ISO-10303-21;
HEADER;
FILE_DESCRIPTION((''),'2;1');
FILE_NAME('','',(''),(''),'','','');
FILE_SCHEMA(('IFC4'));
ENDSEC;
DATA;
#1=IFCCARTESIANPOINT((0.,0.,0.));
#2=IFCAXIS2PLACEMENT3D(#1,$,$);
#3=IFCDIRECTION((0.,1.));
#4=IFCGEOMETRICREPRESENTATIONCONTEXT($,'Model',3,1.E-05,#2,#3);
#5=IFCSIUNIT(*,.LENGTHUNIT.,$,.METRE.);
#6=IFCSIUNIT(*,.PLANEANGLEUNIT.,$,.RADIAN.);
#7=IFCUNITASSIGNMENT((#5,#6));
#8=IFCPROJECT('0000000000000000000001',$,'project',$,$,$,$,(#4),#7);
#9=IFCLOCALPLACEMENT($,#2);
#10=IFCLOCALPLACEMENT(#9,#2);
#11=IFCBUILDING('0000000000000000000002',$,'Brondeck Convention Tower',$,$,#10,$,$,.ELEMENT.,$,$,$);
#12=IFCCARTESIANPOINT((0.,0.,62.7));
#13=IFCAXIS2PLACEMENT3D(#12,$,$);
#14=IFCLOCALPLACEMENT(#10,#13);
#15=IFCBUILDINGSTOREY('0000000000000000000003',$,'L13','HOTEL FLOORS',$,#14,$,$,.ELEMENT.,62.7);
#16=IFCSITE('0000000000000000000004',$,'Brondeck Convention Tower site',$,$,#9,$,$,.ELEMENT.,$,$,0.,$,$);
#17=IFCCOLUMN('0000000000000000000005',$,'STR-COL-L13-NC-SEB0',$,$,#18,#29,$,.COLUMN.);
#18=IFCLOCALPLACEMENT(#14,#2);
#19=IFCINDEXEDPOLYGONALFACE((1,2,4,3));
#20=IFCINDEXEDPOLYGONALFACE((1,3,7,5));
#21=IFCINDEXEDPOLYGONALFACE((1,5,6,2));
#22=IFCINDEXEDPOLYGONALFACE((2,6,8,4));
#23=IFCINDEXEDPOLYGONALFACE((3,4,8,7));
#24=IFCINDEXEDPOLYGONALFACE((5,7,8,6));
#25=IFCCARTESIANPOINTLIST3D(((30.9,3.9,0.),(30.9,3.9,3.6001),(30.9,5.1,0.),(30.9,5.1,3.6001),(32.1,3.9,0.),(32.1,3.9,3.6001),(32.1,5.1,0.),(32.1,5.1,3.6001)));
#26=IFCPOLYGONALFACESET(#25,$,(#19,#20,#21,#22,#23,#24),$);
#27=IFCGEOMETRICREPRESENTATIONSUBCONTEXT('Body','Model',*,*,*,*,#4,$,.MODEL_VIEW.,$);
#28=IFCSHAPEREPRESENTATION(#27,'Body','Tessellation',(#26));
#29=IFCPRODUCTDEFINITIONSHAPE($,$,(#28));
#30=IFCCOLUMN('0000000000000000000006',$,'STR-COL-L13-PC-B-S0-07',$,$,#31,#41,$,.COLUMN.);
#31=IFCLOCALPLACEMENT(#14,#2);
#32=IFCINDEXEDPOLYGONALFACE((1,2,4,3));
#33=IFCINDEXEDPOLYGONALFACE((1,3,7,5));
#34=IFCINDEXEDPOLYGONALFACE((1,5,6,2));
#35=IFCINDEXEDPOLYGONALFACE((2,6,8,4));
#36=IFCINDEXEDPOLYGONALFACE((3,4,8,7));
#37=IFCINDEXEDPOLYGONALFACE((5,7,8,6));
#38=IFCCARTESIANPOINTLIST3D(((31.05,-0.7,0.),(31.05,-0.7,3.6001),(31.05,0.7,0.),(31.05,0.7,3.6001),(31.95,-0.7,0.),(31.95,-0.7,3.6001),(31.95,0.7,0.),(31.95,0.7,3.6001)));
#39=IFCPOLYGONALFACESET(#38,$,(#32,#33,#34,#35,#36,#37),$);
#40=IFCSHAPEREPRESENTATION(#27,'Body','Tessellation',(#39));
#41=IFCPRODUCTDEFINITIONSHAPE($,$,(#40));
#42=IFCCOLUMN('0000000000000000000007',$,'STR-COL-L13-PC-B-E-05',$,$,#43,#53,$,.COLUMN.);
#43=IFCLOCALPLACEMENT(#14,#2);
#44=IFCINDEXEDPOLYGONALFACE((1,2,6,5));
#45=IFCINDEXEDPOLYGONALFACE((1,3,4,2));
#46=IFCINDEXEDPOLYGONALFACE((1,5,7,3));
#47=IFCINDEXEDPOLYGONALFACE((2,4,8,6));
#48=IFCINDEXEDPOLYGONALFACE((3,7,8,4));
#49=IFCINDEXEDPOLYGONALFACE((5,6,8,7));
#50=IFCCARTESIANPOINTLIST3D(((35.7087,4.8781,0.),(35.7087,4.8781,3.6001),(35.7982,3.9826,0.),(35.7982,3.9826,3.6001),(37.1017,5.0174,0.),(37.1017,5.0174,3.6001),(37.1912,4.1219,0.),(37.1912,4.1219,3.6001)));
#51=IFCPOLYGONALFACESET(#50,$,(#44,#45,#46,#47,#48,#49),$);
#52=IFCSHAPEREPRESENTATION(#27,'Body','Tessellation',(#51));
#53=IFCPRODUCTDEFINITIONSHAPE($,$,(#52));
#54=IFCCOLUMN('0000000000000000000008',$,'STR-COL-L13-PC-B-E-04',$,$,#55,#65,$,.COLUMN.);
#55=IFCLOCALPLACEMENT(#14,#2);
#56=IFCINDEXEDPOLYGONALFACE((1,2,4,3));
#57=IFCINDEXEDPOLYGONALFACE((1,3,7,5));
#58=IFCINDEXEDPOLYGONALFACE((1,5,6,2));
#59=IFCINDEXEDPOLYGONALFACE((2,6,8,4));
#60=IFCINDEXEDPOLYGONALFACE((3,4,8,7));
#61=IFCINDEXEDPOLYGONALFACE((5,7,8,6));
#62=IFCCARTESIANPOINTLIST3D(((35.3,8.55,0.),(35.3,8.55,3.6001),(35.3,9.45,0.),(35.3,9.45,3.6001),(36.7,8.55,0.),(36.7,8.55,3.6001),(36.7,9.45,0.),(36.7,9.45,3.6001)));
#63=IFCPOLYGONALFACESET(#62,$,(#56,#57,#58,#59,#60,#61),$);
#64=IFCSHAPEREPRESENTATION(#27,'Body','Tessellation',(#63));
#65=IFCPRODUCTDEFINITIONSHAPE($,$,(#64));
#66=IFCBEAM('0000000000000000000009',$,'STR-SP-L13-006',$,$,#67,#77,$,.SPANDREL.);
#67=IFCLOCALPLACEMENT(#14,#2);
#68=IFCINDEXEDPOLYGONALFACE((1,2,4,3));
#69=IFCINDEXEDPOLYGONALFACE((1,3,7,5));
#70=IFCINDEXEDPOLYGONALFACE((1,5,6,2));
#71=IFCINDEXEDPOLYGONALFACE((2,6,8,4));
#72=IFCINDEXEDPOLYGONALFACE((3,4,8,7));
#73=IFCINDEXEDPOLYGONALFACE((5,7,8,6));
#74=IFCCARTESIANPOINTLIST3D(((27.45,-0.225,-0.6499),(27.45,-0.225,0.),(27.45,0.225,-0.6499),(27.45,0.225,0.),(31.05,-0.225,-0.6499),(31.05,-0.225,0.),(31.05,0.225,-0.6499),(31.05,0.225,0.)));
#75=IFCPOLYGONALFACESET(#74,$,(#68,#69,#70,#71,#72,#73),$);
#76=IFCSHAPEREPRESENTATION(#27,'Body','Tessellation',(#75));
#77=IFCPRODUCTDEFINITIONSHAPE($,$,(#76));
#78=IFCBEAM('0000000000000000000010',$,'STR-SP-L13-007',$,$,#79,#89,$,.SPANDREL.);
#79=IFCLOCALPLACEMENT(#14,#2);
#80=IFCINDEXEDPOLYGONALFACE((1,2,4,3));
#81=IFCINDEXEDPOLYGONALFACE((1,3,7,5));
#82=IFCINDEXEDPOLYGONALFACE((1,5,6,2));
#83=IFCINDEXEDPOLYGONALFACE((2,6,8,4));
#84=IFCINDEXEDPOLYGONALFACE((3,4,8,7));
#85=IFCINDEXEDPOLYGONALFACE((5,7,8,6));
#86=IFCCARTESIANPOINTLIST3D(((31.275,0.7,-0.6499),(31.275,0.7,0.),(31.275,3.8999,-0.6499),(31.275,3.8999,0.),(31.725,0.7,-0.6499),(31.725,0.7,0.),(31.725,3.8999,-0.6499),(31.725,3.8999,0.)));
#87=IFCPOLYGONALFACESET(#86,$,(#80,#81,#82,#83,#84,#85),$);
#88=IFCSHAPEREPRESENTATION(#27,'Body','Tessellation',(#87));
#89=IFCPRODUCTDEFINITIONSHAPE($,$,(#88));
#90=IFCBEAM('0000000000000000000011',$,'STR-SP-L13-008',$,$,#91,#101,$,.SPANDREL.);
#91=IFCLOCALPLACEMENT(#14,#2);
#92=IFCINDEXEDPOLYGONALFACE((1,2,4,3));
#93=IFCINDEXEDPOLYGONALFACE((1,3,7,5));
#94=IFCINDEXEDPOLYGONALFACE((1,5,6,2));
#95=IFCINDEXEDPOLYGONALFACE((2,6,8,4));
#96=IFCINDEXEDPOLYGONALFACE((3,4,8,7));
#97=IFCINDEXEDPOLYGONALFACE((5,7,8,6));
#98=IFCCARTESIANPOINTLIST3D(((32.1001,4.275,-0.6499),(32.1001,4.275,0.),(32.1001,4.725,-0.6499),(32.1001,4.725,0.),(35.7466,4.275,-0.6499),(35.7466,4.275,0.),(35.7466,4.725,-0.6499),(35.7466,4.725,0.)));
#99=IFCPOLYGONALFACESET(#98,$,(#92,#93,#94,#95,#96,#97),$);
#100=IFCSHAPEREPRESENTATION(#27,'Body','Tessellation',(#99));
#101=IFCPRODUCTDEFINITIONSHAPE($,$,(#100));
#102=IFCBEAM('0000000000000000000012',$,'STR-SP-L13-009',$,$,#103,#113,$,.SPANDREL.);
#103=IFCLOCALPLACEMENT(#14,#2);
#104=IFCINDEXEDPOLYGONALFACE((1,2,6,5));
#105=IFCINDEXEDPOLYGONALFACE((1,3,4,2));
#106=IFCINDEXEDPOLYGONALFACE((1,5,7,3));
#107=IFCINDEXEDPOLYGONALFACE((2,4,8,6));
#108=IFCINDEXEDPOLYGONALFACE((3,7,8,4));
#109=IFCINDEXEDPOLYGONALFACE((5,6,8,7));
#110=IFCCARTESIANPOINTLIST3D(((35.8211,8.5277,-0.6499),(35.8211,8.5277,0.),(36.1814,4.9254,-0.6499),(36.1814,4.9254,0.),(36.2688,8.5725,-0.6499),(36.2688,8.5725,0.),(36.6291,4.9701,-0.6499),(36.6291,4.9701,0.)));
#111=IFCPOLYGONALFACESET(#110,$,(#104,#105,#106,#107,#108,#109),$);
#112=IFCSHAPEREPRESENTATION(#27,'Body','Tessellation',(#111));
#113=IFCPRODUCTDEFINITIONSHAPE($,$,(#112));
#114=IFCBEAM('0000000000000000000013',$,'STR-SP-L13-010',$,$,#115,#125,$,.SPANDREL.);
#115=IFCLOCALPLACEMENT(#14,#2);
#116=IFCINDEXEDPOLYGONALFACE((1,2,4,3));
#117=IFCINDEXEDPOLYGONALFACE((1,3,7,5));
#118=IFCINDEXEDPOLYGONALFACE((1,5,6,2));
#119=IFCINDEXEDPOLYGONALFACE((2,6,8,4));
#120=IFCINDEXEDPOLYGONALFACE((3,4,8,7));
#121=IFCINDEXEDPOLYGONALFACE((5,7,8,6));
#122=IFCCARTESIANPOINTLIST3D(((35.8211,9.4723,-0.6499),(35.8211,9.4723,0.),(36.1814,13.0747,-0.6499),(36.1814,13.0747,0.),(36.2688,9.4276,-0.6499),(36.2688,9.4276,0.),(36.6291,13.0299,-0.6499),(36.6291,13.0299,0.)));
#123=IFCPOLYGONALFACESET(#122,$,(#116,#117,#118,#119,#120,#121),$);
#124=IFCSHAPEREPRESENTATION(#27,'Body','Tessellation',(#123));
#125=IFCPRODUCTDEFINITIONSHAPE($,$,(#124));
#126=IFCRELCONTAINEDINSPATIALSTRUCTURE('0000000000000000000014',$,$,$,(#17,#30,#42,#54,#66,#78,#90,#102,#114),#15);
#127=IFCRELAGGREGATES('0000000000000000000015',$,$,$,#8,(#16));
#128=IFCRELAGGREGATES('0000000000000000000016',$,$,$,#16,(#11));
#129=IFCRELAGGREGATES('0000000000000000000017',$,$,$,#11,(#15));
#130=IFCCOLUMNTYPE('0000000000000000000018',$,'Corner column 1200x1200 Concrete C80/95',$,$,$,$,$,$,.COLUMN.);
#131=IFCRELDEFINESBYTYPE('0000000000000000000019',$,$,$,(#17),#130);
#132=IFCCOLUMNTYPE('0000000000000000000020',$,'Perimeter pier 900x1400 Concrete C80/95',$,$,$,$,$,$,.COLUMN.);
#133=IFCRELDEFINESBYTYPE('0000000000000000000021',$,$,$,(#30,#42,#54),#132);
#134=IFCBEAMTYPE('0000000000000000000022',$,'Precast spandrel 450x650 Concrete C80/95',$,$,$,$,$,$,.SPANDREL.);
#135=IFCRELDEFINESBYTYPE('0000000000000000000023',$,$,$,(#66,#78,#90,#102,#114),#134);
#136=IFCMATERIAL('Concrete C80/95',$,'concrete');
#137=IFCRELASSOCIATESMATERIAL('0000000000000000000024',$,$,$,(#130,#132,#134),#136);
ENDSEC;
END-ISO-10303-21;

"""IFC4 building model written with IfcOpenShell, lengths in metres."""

from ifc_helpers import new_model, si_unit, direction, frame, origin, origin_2d, place, context, subcontext, project, spatial, rectangle, extrude, material, material_profile, profile_set, type_object, element, save


model = new_model("IFC4")

# Units and contexts
model_context = context("Model", 3, precision=1e-05, world=origin(), true_north=direction((0.0, 1.0)))
body_context = subcontext(model_context, "Body", "Model", "MODEL_VIEW")
ifc_project = project(units=[si_unit("LENGTHUNIT", "METRE"), si_unit("PLANEANGLEUNIT", "RADIAN")], contexts=[model_context])

# Site, building, storey
site_placement = place(None, origin())
site = spatial("IfcSite", under=ifc_project, at=site_placement, Name="Brondeck Convention Tower site", CompositionType="ELEMENT", RefElevation=0.0)
building_placement = place(site_placement, origin())
building = spatial("IfcBuilding", under=site, at=building_placement, Name="Brondeck Convention Tower", CompositionType="ELEMENT")
storey_placement = place(building_placement, frame((0.0, 0.0, 62.7)))
storey = spatial("IfcBuildingStorey", under=building, at=storey_placement, Name="L13", Description="HOTEL FLOORS", CompositionType="ELEMENT", Elevation=62.7)

# Columns
ifc_material_1 = material(Name="Concrete C80/95", Category="concrete")
ifc_material_profile_1 = material_profile(ifc_material_1, rectangle(XDim=1.2, YDim=1.2, at=origin_2d()), Name="Corner column 1200x1200 Concrete C80/95")
ifc_profile_set_1 = profile_set([ifc_material_profile_1], Name="Concrete C80/95")
column_type_1 = type_object("IfcColumnType", Name="Corner column 1200x1200 Concrete C80/95", PredefinedType="COLUMN", material=ifc_profile_set_1)
column_placement = place(storey_placement, frame((31.5, 4.5, 0.0), z_axis=(0.0, 0.0, 1.0), x_axis=(1.0, 0.0, 0.0)))
element("IfcColumn", 1, at=column_placement, inside=storey, type_object=column_type_1, Name="STR-COL-L13-NC-SEB0", PredefinedType="COLUMN", context=body_context, shape_type="SweptSolid", body=[
    extrude(rectangle(XDim=1.2, YDim=1.2, at=origin_2d()), origin(), (0.0, 0.0, 1.0), 3.6001),
])
ifc_material_profile_2 = material_profile(ifc_material_1, rectangle(XDim=0.8999, YDim=1.3999, at=origin_2d()), Name="Perimeter pier 900x1400 Concrete C80/95")
ifc_profile_set_2 = profile_set([ifc_material_profile_2], Name="Concrete C80/95")
column_type_2 = type_object("IfcColumnType", Name="Perimeter pier 900x1400 Concrete C80/95", PredefinedType="COLUMN", material=ifc_profile_set_2)
for number, where, z_axis, x_axis, name in (
    (2, (31.5, 0.0, 0.0), (0.0, 0.0, 1.0), (1.0, 0.0, 0.0), "STR-COL-L13-PC-B-S0-07"),
    (3, (36.45, 4.5, 0.0), (0.0, 0.0, 1.0), (-0.099504, 0.995037, 0.0), "STR-COL-L13-PC-B-E-05"),
    (4, (36.0, 9.0, 0.0), (0.0, 0.0, 1.0), (0.0, 1.0, 0.0), "STR-COL-L13-PC-B-E-04"),
):
    element("IfcColumn", number, at=place(storey_placement, frame(where, z_axis=z_axis, x_axis=x_axis)), inside=storey, type_object=column_type_2, Name=name, PredefinedType="COLUMN", context=body_context, shape_type="SweptSolid", body=[
        extrude(rectangle(XDim=0.8999, YDim=1.3999, at=origin_2d()), origin(), (0.0, 0.0, 1.0), 3.6001),
    ])

# Beams
ifc_material_profile_3 = material_profile(ifc_material_1, rectangle(XDim=0.45, YDim=0.6499, at=origin_2d()), Name="Precast spandrel 450x650 Concrete C80/95")
ifc_profile_set_3 = profile_set([ifc_material_profile_3], Name="Concrete C80/95")
beam_type = type_object("IfcBeamType", Name="Precast spandrel 450x650 Concrete C80/95", PredefinedType="SPANDREL", material=ifc_profile_set_3)
beam_1_placement = place(storey_placement, frame((27.45, 0.0, -0.325), z_axis=(1.0, 0.0, 0.0), x_axis=(0.0, 1.0, 0.0)))
element("IfcBeam", 5, at=beam_1_placement, inside=storey, type_object=beam_type, Name="STR-SP-L13-006", PredefinedType="SPANDREL", context=body_context, shape_type="SweptSolid", body=[
    extrude(rectangle(XDim=0.45, YDim=0.6499, at=origin_2d()), origin(), (0.0, 0.0, 1.0), 3.6001),
])
beam_2_placement = place(storey_placement, frame((31.5, 0.7, -0.325), z_axis=(0.0, 1.0, 0.0), x_axis=(-1.0, 0.0, 0.0)))
element("IfcBeam", 6, at=beam_2_placement, inside=storey, type_object=beam_type, Name="STR-SP-L13-007", PredefinedType="SPANDREL", context=body_context, shape_type="SweptSolid", body=[
    extrude(rectangle(XDim=0.45, YDim=0.6499, at=origin_2d()), origin(), (0.0, 0.0, 1.0), 3.2),
])
beam_3_placement = place(storey_placement, frame((32.1001, 4.5, -0.325), z_axis=(1.0, 0.0, 0.0), x_axis=(0.0, 1.0, 0.0)))
element("IfcBeam", 7, at=beam_3_placement, inside=storey, type_object=beam_type, Name="STR-SP-L13-008", PredefinedType="SPANDREL", context=body_context, shape_type="SweptSolid", body=[
    extrude(rectangle(XDim=0.45, YDim=0.6499, at=origin_2d()), origin(), (0.0, 0.0, 1.0), 3.6465),
])
for number, where, z_axis, x_axis, name in (
    (8, (36.4053, 4.9478, -0.325), (-0.099537, 0.995034, 0.0), (-0.995034, -0.099537, 0.0), "STR-SP-L13-009"),
    (9, (36.0449, 9.45, -0.325), (0.099537, 0.995034, 0.0), (-0.995034, 0.099537, 0.0), "STR-SP-L13-010"),
):
    element("IfcBeam", number, at=place(storey_placement, frame(where, z_axis=z_axis, x_axis=x_axis)), inside=storey, type_object=beam_type, Name=name, PredefinedType="SPANDREL", context=body_context, shape_type="SweptSolid", body=[
        extrude(rectangle(XDim=0.45, YDim=0.6499, at=origin_2d()), origin(), (0.0, 0.0, 1.0), 3.6204),
    ])

save(model, "model.ifc")
